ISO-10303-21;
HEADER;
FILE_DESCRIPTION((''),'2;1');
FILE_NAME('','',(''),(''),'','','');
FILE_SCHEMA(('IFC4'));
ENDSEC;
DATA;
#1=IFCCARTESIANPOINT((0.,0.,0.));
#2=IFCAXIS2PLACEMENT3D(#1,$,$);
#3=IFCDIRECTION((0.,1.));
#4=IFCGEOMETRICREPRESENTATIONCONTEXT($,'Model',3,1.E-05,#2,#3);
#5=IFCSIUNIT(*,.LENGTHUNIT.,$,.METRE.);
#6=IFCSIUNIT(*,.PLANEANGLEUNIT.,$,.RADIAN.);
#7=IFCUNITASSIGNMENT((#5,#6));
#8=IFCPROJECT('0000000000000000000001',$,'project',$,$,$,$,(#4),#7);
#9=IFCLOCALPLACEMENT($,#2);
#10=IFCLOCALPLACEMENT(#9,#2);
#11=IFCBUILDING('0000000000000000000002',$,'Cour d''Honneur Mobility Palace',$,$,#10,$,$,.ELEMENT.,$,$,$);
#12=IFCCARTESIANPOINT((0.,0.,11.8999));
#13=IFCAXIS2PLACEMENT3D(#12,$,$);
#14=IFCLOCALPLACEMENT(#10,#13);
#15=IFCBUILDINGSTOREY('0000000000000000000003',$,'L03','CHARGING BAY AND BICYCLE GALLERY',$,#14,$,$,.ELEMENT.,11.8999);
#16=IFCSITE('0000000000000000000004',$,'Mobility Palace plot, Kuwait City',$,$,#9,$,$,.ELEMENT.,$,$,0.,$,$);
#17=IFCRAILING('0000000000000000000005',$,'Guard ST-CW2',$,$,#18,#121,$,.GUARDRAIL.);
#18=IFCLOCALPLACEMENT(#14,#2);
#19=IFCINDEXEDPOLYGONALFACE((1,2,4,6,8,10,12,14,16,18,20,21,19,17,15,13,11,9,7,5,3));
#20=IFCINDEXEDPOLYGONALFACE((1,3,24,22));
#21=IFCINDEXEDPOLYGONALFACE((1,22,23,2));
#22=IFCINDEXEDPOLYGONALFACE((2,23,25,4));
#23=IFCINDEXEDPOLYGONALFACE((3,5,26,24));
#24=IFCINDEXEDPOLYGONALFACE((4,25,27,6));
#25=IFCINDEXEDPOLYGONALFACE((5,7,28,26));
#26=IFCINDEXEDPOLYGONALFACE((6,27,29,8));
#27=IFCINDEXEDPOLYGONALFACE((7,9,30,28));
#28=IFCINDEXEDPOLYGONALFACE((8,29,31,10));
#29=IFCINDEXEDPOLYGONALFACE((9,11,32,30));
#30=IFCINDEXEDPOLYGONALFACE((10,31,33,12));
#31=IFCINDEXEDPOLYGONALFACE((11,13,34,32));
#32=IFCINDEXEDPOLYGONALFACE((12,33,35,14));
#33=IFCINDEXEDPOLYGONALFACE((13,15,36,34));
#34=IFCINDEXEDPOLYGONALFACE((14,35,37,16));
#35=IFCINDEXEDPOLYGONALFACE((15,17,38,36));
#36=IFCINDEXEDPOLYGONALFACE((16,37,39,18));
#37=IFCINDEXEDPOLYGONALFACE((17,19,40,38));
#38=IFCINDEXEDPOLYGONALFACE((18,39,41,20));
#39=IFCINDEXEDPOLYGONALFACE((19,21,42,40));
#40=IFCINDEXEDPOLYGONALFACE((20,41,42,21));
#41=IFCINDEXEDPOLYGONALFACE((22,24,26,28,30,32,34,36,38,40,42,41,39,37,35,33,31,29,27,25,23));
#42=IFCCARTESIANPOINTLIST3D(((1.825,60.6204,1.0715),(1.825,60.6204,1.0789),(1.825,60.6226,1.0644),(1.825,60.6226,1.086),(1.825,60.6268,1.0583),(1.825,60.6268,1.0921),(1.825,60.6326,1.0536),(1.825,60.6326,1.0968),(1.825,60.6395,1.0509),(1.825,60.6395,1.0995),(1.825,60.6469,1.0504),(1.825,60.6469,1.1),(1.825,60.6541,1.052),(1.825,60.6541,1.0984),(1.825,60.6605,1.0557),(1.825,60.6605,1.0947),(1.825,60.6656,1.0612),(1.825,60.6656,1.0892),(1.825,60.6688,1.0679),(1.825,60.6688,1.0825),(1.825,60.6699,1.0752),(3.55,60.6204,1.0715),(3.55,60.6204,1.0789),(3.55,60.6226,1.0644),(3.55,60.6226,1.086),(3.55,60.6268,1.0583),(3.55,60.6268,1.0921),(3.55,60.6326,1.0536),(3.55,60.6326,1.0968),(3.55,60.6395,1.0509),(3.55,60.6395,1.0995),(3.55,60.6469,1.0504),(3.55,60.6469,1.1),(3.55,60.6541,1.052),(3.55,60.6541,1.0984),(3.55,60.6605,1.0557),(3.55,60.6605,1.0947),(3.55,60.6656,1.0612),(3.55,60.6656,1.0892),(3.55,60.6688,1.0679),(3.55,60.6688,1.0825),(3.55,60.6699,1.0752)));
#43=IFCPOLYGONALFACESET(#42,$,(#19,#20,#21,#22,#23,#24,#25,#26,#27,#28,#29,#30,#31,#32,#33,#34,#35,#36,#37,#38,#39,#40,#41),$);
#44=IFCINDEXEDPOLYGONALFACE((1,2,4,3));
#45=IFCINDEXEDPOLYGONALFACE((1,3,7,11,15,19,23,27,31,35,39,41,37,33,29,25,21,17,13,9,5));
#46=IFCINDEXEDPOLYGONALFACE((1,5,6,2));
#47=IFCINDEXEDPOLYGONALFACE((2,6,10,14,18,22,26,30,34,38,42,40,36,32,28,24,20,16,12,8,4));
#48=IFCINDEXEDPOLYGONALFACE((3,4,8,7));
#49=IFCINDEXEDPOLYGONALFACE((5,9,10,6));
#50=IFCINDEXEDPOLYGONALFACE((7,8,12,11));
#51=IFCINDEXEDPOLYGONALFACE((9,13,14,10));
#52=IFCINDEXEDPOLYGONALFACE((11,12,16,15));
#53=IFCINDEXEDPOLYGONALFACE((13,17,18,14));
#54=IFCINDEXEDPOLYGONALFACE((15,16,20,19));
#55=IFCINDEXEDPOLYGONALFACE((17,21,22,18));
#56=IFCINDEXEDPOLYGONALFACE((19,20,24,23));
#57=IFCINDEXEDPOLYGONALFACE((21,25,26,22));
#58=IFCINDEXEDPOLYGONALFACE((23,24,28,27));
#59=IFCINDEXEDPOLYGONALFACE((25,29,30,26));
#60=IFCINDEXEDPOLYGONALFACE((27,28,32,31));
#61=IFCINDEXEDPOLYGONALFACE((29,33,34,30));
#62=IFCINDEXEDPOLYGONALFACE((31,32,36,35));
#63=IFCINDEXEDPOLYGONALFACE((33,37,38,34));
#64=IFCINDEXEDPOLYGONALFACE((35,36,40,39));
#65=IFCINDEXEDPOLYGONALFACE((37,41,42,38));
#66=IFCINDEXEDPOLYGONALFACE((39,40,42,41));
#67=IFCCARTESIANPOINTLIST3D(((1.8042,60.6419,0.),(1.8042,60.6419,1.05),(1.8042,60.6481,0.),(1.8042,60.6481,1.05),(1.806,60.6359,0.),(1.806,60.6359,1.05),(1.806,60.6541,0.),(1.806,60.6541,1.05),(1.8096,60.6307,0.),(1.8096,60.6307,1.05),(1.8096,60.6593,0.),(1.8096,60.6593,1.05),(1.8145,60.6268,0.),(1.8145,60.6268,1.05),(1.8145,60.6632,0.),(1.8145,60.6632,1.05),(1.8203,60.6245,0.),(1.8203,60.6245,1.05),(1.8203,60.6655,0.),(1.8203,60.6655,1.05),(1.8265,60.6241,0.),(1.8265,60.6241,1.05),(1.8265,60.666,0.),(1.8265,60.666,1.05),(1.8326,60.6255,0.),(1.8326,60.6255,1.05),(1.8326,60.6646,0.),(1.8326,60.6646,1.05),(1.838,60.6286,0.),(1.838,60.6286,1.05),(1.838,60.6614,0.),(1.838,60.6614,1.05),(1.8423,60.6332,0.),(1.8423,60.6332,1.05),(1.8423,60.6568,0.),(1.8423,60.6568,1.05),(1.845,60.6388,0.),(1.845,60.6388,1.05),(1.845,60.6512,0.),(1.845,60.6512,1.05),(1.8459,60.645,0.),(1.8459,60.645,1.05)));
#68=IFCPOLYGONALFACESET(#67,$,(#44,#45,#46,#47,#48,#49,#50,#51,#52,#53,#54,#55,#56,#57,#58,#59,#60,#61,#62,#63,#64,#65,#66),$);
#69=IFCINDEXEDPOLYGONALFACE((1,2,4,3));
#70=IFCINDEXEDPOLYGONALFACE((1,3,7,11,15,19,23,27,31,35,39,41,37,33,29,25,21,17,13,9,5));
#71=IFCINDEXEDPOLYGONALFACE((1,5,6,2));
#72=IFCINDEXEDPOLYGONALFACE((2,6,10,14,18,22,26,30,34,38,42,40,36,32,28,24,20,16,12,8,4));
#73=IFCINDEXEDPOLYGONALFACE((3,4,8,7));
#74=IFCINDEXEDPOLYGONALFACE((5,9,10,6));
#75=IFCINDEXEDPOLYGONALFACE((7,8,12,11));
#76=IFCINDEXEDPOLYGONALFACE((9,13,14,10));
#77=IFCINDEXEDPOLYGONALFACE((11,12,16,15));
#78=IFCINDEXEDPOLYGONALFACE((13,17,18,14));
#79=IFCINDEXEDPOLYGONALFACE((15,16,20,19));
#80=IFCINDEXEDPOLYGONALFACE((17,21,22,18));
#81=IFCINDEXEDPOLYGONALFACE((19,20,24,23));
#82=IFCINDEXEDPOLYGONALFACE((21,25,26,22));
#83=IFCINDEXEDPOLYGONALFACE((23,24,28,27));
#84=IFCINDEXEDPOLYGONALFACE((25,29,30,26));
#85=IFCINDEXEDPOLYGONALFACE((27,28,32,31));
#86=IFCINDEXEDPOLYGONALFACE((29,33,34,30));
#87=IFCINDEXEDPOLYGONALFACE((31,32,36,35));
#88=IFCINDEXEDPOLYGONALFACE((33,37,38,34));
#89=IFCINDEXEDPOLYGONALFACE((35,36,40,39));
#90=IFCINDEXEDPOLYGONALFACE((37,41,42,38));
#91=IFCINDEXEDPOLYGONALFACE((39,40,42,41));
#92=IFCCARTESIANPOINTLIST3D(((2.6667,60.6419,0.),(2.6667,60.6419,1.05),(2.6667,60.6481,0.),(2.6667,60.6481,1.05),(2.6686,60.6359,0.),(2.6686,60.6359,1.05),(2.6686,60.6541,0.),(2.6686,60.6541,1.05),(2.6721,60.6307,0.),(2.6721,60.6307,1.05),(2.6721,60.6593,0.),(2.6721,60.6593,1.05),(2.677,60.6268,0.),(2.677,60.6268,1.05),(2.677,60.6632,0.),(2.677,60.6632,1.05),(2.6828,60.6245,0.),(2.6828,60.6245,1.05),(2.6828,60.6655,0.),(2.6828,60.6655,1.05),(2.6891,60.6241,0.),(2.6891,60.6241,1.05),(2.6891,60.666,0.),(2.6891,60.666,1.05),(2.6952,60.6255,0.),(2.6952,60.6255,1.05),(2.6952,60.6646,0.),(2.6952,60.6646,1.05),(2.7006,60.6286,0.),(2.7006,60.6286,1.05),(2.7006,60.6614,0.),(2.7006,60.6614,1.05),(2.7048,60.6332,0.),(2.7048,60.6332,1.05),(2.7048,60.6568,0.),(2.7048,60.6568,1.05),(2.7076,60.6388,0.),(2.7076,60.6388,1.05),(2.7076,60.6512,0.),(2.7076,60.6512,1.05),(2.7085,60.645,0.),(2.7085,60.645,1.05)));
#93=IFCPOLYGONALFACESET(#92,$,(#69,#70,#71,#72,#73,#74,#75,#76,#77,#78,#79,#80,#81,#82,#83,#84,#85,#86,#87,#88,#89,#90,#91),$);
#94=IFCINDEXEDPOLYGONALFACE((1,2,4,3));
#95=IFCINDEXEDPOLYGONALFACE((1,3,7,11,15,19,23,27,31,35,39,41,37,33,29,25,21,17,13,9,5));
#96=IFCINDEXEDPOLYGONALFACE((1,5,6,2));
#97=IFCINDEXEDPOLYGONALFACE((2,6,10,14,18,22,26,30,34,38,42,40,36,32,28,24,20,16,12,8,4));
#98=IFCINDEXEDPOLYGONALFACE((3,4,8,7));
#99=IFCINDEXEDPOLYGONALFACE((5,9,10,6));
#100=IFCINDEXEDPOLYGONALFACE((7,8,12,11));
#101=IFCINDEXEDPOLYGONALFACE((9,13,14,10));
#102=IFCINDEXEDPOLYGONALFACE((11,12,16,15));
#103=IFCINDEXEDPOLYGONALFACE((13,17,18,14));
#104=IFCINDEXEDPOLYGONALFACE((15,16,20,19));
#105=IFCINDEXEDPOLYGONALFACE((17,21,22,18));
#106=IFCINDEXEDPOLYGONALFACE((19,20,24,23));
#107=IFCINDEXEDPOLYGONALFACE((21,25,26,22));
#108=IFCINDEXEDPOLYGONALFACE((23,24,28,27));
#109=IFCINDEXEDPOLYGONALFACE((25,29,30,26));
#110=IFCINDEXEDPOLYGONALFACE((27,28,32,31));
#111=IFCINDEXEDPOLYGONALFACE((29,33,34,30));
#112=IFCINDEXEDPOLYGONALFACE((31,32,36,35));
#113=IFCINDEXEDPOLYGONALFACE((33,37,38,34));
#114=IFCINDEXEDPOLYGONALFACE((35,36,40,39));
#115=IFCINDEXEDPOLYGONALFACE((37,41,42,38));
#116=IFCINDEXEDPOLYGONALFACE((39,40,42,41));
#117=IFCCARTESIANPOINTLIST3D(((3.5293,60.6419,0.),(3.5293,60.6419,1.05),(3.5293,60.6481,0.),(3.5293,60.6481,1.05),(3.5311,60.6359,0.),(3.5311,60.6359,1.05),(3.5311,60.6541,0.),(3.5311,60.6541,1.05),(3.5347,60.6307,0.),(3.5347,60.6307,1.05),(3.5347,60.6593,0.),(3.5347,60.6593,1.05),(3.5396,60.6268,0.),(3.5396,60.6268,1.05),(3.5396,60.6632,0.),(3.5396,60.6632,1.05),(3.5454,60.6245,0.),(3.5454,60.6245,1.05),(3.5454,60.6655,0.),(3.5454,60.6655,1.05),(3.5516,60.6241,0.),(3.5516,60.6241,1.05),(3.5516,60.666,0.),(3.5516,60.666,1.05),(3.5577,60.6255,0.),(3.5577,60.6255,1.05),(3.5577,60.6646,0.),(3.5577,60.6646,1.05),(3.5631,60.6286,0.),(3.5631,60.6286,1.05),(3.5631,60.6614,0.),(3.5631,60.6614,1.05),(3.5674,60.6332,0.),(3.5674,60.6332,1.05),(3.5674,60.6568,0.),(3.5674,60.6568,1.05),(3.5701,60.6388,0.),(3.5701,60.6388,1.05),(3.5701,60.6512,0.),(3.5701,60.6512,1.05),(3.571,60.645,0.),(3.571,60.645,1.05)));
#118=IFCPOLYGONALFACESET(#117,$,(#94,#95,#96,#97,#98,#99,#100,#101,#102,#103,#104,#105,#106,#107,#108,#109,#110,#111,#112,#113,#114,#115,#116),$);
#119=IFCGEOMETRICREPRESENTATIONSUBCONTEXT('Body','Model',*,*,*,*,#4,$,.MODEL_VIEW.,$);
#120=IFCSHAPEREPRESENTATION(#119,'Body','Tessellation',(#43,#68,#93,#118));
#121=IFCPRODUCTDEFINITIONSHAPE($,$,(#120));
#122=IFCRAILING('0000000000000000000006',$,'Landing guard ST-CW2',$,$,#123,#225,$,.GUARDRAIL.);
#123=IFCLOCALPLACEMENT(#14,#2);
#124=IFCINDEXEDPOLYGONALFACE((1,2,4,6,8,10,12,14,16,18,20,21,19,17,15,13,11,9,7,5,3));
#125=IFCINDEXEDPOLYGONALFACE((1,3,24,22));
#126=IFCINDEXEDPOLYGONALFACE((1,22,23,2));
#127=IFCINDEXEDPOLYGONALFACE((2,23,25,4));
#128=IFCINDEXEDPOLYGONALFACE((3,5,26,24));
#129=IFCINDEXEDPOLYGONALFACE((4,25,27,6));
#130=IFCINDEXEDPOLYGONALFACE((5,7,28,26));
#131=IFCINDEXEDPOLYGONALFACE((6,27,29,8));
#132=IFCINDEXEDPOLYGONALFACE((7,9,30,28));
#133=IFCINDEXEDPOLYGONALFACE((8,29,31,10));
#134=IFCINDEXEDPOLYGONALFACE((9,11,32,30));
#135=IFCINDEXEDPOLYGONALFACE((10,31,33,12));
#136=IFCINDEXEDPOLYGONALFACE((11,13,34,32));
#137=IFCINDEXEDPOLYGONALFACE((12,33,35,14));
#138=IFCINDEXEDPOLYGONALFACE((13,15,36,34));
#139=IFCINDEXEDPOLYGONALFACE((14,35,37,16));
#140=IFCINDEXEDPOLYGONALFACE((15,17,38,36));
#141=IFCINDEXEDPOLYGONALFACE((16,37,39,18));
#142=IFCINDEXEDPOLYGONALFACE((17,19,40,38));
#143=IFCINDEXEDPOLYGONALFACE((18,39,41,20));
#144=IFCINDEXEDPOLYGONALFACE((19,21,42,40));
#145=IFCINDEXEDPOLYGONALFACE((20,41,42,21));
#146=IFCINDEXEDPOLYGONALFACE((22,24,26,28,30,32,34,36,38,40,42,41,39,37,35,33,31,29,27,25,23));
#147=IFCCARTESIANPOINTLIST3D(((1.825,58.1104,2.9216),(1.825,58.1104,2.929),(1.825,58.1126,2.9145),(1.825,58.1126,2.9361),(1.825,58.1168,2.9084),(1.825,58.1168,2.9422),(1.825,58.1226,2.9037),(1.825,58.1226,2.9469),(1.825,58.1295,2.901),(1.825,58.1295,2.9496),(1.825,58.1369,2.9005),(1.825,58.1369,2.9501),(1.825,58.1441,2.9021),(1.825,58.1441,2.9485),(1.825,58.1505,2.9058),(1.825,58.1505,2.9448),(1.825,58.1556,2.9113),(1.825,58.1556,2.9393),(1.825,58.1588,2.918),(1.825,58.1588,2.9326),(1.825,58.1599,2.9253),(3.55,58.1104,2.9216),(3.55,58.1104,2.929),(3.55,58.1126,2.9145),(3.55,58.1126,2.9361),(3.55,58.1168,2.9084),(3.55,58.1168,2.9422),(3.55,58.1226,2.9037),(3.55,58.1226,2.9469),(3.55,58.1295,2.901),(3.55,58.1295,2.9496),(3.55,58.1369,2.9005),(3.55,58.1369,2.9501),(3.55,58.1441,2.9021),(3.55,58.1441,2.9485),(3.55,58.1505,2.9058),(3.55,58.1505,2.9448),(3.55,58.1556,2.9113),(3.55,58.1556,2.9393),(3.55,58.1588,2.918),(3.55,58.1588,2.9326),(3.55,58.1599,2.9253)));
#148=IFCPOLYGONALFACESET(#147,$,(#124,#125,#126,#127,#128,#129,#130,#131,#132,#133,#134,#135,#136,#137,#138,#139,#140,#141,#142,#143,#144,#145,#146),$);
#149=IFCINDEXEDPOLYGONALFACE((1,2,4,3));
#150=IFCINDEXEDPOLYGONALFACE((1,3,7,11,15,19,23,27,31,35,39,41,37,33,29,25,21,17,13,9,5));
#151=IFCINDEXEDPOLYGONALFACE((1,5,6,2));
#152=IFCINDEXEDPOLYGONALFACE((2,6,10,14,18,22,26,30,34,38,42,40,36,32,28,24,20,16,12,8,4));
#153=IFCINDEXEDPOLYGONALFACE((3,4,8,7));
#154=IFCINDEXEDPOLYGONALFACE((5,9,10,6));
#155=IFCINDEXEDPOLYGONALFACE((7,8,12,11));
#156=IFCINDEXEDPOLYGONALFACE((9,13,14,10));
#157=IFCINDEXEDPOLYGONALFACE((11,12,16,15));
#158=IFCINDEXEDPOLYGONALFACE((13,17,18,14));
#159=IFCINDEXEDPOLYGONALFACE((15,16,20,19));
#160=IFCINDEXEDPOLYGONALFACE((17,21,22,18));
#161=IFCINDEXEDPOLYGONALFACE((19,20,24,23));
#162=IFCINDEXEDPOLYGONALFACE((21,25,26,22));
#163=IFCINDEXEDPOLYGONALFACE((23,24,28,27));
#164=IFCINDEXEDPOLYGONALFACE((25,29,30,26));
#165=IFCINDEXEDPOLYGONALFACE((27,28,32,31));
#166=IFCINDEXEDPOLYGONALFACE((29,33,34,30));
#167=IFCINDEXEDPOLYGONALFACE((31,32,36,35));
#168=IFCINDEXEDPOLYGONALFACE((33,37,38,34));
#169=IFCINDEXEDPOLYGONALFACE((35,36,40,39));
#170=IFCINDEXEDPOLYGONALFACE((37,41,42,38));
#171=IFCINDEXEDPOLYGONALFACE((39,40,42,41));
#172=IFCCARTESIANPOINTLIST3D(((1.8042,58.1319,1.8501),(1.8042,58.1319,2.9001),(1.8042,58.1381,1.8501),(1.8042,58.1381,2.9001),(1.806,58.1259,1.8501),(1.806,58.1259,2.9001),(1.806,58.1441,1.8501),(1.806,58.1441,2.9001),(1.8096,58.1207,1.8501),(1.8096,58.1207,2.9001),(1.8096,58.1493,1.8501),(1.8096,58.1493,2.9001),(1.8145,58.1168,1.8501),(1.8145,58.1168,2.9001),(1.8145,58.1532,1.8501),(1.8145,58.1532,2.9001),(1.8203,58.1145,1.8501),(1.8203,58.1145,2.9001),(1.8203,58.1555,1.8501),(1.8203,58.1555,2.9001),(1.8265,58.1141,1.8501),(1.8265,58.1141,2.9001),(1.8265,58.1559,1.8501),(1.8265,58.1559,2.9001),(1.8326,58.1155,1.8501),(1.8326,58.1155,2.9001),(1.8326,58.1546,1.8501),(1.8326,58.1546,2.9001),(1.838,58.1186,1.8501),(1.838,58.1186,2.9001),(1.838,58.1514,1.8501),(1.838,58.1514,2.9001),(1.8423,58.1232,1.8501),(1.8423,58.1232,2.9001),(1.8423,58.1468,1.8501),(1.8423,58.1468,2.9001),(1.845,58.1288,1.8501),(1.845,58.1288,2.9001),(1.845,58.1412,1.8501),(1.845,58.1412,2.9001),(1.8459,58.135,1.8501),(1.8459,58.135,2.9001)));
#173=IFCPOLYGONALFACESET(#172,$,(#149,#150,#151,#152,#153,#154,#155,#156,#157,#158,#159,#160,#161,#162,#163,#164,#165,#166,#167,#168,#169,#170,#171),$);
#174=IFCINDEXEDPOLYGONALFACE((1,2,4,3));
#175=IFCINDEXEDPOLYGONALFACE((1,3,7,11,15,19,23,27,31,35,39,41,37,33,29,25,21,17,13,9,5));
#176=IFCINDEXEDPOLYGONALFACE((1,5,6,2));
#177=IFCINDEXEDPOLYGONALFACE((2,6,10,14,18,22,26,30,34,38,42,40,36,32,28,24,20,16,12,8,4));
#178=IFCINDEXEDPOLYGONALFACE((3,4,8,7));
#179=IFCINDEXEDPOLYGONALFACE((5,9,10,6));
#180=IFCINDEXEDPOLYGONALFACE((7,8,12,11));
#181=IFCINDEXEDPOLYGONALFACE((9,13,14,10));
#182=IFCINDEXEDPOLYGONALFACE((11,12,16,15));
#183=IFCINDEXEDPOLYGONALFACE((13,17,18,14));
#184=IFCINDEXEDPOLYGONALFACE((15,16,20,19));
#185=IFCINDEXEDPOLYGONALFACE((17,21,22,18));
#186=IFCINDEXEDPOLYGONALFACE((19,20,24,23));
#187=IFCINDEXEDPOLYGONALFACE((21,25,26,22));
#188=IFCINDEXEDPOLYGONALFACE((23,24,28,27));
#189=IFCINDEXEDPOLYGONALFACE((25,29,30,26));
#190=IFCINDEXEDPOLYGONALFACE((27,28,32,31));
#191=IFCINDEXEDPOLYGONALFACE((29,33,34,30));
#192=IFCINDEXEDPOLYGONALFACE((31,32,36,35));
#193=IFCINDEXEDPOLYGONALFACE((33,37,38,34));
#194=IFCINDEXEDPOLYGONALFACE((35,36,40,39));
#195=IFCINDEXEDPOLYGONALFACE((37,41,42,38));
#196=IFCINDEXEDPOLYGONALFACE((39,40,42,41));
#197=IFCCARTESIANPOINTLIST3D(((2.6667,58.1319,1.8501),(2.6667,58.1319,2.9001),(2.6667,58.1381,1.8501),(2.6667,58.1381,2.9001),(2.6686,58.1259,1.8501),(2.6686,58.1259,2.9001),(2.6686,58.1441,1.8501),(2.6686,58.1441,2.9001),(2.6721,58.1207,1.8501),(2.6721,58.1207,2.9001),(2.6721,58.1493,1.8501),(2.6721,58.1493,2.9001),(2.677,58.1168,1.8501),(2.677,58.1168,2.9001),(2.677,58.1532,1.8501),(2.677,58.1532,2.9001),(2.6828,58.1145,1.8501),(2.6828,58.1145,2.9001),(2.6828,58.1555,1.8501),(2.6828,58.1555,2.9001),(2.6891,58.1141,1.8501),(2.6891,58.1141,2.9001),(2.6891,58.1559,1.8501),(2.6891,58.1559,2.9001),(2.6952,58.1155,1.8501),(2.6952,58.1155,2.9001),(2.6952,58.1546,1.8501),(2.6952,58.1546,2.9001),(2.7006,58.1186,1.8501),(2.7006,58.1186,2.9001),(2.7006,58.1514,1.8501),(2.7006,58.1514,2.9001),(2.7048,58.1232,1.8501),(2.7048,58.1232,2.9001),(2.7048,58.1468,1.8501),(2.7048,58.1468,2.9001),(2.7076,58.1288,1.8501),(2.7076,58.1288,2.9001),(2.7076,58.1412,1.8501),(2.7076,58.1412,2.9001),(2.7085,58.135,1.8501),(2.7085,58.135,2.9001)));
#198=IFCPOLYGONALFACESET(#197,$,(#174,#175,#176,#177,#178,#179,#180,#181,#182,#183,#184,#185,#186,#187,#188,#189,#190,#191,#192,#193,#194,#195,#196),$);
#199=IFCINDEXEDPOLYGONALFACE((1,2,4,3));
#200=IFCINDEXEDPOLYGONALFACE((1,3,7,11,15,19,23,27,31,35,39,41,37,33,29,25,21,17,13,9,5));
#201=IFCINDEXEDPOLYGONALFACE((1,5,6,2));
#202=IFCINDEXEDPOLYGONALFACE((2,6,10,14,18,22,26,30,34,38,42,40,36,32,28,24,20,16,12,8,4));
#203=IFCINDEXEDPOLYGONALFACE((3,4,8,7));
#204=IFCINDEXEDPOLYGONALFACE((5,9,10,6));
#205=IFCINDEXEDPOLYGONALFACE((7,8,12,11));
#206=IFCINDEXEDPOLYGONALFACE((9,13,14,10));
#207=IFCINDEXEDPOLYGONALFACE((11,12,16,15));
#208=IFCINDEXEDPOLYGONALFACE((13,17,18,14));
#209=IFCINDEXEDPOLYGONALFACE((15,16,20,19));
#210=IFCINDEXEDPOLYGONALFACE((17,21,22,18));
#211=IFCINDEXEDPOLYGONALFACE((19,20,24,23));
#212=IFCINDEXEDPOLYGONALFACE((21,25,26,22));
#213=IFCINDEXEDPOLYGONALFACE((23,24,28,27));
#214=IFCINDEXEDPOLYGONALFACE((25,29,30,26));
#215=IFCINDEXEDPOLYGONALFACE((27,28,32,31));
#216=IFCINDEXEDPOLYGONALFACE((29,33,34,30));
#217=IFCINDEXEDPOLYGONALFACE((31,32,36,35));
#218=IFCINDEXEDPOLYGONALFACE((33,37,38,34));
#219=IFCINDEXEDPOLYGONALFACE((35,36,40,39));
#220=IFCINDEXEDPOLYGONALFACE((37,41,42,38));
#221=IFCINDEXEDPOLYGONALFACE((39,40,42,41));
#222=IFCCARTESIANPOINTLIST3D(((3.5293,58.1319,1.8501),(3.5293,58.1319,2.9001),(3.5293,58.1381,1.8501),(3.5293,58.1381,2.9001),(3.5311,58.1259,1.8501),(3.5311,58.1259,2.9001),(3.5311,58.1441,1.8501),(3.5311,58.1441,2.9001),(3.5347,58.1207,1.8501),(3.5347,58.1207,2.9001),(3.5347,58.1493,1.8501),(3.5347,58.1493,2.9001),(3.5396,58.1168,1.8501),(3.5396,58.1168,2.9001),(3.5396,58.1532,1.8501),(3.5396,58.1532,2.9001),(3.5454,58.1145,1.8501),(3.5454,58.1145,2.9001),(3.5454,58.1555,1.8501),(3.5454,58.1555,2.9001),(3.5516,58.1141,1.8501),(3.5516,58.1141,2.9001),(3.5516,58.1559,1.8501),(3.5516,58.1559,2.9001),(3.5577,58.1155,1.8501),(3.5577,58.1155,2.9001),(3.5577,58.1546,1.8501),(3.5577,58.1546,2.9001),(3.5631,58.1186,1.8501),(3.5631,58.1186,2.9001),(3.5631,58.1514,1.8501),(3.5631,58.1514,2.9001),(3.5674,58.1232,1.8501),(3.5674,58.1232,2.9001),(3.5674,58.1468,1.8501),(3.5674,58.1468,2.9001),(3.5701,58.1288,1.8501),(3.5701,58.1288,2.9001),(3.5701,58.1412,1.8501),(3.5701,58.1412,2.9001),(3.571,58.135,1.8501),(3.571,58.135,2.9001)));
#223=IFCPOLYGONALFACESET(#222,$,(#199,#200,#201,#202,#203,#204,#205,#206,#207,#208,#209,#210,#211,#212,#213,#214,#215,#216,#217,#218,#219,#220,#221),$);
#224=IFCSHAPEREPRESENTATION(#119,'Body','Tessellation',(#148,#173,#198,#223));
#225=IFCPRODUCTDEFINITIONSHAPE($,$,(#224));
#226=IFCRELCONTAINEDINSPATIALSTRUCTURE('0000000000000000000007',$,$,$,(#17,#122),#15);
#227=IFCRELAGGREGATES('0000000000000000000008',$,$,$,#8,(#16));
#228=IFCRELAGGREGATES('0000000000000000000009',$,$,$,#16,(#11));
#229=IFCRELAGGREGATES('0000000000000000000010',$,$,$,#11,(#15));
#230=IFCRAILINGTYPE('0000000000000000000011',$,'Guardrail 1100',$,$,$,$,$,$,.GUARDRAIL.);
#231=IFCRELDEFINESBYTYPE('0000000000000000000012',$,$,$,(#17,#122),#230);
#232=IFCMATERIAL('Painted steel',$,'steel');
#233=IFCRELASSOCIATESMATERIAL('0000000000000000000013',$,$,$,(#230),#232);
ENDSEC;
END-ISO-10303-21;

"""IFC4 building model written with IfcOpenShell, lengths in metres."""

from ifc_helpers import new_model, si_unit, direction, frame, origin, origin_2d, place, context, subcontext, project, spatial, circle, extrude, material, type_object, element, save


model = new_model("IFC4")

# Units and contexts
model_context = context("Model", 3, precision=1e-05, world=origin(), true_north=direction((0.0, 1.0)))
body_context = subcontext(model_context, "Body", "Model", "MODEL_VIEW")
ifc_project = project(units=[si_unit("LENGTHUNIT", "METRE"), si_unit("PLANEANGLEUNIT", "RADIAN")], contexts=[model_context])

# Site, building, storey
site_placement = place(None, origin())
site = spatial("IfcSite", under=ifc_project, at=site_placement, Name="Mobility Palace plot, Kuwait City", CompositionType="ELEMENT", RefElevation=0.0)
building_placement = place(site_placement, origin())
building = spatial("IfcBuilding", under=site, at=building_placement, Name="Cour d'Honneur Mobility Palace", CompositionType="ELEMENT")
storey_placement = place(building_placement, frame((0.0, 0.0, 11.8999)))
storey = spatial("IfcBuildingStorey", under=building, at=storey_placement, Name="L03", Description="CHARGING BAY AND BICYCLE GALLERY", CompositionType="ELEMENT", Elevation=11.8999)

# Railings
ifc_material_1 = material(Name="Painted steel", Category="steel")
railing_type_1 = type_object("IfcRailingType", Name="Guardrail 1100", PredefinedType="GUARDRAIL", material=ifc_material_1)
for number, where, name in (
    (1, (1.825, 60.645, 0.0), "Guard ST-CW2"),
    (2, (1.825, 58.135, 1.8501), "Landing guard ST-CW2"),
):
    element("IfcRailing", number, at=place(storey_placement, frame(where)), inside=storey, type_object=railing_type_1, Name=name, PredefinedType="GUARDRAIL", context=body_context, shape_type="SweptSolid", body=[
        extrude(circle(Radius=0.0249, at=origin_2d()), frame((0.0, 0.0, 1.0752), z_axis=(1.0, 0.0, 0.0), x_axis=(0.0, 1.0, 0.0)), (0.0, 0.0, 1.0), 1.7251),
        extrude(circle(Radius=0.021, at=origin_2d()), origin(), (0.0, 0.0, 1.0), 1.05),
        extrude(circle(Radius=0.021, at=origin_2d()), frame((0.8625, 0.0, 0.0)), (0.0, 0.0, 1.0), 1.05),
        extrude(circle(Radius=0.021, at=origin_2d()), frame((1.7251, 0.0, 0.0)), (0.0, 0.0, 1.0), 1.05),
    ])

save(model, "model.ifc")
